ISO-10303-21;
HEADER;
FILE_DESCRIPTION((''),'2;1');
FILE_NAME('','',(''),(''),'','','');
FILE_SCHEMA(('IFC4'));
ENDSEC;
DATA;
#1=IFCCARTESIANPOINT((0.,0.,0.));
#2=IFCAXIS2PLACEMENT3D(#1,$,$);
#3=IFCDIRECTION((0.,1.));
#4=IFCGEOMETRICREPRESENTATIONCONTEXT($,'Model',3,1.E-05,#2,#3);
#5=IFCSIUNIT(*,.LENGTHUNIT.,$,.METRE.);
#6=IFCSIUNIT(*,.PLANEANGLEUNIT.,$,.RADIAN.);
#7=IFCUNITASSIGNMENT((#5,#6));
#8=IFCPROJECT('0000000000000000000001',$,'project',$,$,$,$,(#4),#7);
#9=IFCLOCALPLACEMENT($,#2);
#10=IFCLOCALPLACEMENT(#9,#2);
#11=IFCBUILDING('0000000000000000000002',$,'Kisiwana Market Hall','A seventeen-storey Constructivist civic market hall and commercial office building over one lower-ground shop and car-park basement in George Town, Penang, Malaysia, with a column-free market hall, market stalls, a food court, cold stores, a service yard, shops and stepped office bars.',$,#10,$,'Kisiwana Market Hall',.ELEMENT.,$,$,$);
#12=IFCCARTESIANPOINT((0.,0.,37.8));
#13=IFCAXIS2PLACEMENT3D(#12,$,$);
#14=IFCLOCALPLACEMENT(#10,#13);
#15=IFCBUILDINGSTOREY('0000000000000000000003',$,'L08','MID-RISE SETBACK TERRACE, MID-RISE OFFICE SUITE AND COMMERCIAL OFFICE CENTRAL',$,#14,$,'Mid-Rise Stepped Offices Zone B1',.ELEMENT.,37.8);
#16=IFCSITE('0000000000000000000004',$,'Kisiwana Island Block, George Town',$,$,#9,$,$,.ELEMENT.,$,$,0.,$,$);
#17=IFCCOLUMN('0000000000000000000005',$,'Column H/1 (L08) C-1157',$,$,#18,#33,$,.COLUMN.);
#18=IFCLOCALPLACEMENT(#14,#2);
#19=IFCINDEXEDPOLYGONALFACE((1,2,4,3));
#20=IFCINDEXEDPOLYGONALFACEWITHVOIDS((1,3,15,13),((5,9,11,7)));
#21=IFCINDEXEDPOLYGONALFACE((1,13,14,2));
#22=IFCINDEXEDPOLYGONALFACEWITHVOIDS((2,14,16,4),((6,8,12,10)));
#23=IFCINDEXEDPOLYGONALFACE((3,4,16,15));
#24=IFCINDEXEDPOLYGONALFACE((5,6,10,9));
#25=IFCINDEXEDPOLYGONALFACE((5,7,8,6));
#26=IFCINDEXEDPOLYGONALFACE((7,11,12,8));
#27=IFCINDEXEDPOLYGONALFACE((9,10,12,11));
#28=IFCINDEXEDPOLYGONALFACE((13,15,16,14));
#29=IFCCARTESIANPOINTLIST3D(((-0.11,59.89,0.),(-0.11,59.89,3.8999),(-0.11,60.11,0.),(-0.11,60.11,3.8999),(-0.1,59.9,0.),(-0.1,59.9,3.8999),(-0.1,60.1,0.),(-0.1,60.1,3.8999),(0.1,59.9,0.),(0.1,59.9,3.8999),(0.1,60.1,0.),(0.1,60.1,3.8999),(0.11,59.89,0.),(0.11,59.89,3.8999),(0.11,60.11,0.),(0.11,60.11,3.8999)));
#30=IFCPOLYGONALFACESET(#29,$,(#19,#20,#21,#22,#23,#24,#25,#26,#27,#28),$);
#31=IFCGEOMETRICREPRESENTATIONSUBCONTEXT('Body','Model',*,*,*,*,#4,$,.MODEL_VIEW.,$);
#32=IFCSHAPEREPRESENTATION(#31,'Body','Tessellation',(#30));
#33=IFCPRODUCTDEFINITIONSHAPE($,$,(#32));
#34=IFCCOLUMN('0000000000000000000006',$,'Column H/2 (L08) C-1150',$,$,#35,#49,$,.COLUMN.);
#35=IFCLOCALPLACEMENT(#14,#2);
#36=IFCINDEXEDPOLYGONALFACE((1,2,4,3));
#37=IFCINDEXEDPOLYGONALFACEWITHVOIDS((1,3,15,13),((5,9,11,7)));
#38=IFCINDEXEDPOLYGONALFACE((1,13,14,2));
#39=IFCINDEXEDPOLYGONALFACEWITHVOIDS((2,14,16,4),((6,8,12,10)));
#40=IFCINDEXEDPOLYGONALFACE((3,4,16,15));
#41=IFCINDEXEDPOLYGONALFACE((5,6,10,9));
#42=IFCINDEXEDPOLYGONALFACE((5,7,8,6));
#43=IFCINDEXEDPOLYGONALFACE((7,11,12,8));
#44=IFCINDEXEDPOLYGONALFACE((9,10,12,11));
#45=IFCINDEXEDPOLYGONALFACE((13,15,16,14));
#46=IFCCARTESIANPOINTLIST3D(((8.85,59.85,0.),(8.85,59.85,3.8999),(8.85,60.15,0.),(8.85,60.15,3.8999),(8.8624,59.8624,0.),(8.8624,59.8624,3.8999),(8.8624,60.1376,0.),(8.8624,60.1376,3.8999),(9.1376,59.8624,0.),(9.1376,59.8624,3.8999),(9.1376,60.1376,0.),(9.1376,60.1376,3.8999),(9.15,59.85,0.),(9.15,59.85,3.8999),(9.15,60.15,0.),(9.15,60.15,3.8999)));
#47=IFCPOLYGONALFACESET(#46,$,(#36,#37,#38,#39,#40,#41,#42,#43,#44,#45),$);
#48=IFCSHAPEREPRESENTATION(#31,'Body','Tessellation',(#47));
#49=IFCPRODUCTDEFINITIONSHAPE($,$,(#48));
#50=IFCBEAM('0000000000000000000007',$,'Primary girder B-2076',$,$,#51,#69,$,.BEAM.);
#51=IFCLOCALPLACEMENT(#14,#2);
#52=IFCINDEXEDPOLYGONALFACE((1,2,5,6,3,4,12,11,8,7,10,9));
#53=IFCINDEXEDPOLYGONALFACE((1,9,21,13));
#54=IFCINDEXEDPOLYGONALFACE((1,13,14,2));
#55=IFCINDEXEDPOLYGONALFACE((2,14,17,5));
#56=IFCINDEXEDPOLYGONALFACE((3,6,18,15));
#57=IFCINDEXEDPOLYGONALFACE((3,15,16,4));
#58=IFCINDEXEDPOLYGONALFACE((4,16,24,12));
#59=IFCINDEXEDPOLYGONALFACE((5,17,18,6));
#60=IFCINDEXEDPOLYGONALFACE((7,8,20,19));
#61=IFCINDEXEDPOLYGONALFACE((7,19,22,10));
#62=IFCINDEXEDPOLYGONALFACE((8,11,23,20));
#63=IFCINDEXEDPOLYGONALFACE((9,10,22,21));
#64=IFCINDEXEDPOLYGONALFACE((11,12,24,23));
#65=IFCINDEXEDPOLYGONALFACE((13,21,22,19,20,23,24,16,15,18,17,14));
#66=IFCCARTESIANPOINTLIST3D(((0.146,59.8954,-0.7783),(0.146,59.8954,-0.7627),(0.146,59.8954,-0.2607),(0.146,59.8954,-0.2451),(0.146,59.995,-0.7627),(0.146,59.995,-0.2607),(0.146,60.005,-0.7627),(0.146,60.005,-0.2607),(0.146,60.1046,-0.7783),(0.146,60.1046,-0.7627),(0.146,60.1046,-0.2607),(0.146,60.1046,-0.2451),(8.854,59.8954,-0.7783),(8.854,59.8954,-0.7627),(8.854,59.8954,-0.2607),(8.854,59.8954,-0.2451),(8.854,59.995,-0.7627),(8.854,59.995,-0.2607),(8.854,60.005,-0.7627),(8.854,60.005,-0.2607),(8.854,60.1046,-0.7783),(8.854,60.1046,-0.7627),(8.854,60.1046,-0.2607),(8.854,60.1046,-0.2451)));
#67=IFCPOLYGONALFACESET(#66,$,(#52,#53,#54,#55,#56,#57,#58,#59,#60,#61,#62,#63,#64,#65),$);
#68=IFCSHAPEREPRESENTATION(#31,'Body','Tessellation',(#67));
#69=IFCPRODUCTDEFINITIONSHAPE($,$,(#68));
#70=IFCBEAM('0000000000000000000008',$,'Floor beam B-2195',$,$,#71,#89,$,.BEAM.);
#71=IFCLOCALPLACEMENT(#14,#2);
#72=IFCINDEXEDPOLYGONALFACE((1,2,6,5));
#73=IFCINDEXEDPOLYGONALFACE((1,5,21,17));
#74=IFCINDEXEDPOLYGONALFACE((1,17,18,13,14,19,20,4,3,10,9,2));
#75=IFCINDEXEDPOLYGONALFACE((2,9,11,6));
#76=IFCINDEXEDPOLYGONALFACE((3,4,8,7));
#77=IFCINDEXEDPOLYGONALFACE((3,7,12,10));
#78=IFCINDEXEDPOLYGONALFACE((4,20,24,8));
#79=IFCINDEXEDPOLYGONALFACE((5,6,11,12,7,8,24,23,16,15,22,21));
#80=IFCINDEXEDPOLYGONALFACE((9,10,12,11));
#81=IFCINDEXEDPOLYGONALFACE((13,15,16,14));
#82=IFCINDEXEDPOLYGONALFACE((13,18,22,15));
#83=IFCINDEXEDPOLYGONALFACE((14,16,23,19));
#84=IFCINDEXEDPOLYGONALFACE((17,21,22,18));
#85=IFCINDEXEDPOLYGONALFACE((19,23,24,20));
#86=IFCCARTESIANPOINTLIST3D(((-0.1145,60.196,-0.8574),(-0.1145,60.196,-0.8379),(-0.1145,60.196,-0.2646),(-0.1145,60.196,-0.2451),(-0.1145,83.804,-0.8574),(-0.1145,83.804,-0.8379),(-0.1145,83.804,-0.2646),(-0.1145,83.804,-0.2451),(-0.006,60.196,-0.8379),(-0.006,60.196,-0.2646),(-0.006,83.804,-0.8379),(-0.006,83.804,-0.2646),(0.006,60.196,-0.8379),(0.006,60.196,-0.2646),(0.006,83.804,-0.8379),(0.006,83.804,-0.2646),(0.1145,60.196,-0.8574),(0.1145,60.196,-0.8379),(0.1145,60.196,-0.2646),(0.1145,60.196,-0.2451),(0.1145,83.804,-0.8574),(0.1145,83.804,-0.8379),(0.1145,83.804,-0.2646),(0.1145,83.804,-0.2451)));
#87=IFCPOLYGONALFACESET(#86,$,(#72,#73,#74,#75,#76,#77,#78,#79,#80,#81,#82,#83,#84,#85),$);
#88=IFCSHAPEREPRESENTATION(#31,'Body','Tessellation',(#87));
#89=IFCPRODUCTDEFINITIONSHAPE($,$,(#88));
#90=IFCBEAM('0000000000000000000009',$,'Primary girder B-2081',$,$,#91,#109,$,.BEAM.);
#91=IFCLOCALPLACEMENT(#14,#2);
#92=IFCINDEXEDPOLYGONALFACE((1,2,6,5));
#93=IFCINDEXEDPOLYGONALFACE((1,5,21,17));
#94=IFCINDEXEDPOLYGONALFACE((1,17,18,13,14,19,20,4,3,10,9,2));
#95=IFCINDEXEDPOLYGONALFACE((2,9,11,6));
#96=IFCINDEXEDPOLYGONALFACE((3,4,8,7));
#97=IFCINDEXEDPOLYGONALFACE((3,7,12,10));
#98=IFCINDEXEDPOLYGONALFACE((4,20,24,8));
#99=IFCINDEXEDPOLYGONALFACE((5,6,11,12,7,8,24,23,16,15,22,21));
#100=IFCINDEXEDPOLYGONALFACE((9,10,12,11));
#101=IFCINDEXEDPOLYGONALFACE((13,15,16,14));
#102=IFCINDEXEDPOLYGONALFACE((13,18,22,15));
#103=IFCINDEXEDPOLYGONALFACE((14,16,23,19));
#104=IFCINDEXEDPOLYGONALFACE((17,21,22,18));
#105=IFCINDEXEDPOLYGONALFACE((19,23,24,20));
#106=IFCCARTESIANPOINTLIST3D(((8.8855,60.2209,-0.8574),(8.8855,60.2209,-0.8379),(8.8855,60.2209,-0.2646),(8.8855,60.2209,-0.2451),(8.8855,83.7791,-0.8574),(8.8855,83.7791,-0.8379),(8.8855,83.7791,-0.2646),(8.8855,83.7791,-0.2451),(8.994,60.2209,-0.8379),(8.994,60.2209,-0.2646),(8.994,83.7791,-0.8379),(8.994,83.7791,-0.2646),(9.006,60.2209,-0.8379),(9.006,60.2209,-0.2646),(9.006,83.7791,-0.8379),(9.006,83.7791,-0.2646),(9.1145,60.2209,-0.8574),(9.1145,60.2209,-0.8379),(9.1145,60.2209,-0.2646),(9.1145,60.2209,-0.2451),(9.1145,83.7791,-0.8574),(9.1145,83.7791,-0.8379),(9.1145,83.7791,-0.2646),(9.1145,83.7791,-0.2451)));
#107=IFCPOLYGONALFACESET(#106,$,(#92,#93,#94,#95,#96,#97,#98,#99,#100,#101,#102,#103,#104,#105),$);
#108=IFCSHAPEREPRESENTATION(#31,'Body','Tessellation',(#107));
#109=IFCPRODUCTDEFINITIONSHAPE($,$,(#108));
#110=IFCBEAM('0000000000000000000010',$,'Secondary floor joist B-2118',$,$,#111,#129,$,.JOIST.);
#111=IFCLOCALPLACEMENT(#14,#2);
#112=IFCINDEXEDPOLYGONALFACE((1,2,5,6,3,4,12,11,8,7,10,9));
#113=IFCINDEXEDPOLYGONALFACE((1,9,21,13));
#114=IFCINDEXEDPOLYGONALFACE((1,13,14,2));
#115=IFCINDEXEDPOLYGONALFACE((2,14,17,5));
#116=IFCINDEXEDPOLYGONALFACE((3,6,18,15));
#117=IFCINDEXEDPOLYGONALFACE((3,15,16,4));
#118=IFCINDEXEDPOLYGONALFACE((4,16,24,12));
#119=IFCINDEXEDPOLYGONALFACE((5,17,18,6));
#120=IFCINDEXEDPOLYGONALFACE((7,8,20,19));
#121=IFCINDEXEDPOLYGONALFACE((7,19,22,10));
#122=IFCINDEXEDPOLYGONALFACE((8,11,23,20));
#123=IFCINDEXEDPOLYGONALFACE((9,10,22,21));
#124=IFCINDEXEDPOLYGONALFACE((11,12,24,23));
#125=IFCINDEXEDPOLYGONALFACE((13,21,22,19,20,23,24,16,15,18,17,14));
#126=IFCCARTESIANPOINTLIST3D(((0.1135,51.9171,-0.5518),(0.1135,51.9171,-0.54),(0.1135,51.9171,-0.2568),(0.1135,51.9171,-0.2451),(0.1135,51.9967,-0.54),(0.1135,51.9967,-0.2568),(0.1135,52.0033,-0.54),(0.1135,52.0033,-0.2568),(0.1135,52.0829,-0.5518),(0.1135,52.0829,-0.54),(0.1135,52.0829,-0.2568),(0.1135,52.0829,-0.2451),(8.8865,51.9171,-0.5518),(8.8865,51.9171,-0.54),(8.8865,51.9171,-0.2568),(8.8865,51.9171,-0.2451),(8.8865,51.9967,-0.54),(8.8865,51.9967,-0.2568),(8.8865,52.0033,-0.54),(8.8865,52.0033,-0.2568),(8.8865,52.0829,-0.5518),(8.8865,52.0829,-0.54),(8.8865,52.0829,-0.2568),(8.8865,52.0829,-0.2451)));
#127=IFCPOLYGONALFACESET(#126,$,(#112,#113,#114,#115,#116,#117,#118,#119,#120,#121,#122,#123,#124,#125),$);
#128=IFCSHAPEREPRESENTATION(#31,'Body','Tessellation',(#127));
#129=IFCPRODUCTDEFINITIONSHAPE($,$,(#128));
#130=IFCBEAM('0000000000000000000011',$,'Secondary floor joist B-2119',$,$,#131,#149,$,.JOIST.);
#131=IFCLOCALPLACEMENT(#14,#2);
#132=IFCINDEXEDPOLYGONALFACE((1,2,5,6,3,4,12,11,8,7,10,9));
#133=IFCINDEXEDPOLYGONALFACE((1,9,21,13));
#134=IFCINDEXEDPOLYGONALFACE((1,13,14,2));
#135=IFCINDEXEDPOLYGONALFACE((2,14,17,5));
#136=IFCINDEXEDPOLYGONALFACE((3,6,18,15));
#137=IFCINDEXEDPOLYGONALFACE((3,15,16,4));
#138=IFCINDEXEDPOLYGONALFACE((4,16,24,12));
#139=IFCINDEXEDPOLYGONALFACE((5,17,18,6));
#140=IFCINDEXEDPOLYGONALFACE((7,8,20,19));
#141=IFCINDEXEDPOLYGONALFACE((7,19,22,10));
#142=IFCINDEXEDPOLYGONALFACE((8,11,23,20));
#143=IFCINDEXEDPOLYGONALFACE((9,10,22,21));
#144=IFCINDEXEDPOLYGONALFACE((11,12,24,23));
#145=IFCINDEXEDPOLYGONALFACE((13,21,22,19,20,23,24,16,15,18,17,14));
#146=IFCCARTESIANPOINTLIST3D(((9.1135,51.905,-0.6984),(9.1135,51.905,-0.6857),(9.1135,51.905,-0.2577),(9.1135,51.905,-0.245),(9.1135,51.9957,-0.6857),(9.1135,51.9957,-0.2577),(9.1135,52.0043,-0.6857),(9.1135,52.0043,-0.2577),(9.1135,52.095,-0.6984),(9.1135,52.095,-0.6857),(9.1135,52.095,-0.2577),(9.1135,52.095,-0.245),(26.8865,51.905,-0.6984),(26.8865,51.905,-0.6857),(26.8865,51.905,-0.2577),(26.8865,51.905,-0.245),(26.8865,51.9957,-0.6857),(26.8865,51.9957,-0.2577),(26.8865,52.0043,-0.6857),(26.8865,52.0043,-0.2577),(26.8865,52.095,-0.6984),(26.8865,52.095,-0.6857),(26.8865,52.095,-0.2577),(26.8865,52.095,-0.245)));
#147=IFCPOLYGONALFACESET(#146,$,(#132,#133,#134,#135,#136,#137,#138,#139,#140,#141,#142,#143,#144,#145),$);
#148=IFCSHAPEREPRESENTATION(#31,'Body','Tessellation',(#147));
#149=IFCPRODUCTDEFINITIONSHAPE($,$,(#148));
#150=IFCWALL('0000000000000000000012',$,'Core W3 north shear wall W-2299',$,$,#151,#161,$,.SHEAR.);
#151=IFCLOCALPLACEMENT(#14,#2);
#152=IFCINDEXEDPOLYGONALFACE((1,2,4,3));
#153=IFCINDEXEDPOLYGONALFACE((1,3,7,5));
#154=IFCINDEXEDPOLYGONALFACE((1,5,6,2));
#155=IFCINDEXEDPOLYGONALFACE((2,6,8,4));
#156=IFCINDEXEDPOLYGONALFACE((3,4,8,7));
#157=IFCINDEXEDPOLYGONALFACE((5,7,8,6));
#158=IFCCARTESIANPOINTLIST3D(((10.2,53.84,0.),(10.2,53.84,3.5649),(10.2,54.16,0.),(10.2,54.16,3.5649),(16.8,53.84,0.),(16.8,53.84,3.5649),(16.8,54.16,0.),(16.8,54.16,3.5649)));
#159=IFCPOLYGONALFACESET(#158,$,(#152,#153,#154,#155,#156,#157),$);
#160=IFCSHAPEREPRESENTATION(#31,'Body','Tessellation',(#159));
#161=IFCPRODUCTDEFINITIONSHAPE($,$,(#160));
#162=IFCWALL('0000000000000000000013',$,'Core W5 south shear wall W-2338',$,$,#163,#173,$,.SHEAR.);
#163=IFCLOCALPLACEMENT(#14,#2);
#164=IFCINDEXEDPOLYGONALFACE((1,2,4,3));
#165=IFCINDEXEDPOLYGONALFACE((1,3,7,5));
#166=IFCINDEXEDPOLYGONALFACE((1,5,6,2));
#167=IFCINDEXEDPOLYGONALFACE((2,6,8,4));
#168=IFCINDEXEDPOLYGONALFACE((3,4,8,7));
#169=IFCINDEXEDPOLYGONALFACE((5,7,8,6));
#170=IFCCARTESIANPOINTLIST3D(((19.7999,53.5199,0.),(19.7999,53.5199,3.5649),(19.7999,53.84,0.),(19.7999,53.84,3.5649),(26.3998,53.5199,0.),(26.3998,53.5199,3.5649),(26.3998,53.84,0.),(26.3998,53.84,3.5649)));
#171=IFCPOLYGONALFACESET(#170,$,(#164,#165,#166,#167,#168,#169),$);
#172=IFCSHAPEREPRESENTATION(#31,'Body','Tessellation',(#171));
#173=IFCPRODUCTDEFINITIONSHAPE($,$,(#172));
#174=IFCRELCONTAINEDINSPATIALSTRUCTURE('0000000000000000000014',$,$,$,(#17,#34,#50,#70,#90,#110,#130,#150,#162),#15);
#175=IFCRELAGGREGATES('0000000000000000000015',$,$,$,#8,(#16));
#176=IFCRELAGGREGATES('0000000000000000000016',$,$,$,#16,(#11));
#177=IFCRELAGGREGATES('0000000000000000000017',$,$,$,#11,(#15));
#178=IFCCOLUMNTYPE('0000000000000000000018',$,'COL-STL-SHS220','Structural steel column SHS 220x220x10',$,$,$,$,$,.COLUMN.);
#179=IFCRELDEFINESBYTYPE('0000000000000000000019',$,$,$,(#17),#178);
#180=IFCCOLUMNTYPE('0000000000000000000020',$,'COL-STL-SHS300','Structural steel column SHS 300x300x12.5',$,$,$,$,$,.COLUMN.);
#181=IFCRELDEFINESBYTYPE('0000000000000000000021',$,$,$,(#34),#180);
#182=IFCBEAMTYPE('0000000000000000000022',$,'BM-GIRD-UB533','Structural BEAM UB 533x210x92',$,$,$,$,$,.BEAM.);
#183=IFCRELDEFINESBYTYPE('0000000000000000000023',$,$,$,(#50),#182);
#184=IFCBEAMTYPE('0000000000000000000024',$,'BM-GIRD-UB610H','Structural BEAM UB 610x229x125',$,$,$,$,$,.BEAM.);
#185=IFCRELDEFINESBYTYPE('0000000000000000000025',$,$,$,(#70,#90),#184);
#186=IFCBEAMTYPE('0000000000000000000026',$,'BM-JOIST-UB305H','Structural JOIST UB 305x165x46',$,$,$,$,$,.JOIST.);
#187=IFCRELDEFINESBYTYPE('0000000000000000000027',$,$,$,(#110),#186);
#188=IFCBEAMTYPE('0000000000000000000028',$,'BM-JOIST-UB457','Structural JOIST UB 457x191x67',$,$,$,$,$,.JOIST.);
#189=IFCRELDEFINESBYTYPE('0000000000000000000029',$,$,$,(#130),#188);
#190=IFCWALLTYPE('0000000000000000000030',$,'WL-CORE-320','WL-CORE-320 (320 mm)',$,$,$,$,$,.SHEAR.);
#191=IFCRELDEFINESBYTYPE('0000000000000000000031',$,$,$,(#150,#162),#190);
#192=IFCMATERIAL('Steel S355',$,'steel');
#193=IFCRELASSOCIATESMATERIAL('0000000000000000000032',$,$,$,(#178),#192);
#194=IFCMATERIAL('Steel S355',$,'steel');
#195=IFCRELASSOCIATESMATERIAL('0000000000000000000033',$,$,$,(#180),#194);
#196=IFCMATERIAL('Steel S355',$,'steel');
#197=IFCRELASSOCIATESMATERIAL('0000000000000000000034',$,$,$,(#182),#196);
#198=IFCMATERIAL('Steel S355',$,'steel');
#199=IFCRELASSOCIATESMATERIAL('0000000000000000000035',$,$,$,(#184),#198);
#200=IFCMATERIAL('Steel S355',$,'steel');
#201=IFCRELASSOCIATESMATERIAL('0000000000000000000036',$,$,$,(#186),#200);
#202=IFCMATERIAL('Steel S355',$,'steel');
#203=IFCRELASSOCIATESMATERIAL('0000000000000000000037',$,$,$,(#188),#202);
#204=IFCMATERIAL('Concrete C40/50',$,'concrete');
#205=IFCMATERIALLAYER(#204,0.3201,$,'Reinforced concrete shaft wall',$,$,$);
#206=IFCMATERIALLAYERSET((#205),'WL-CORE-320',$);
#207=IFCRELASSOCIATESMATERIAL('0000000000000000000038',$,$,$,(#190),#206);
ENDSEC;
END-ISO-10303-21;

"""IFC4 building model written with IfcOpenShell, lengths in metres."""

from ifc_helpers import new_model, si_unit, direction, frame, frame_2d, origin, origin_2d, place, context, subcontext, project, spatial, rectangle, hollow_rectangle, i_section, extrude, material, layer, layer_set, material_profile, profile_set, type_object, element, save


model = new_model("IFC4")

# Units and contexts
model_context = context("Model", 3, precision=1e-05, world=origin(), true_north=direction((0.0, 1.0)))
body_context = subcontext(model_context, "Body", "Model", "MODEL_VIEW")
ifc_project = project(units=[si_unit("LENGTHUNIT", "METRE"), si_unit("PLANEANGLEUNIT", "RADIAN")], contexts=[model_context])

# Site, building, storey
site_placement = place(None, origin())
site = spatial("IfcSite", under=ifc_project, at=site_placement, Name="Kisiwana Island Block, George Town", CompositionType="ELEMENT", RefElevation=0.0)
building_placement = place(site_placement, origin())
building = spatial("IfcBuilding", under=site, at=building_placement, Name="Kisiwana Market Hall", Description="A seventeen-storey Constructivist civic market hall and commercial office building over one lower-ground shop and car-park basement in George Town, Penang, Malaysia, with a column-free market hall, market stalls, a food court, cold stores, a service yard, shops and stepped office bars.", LongName="Kisiwana Market Hall", CompositionType="ELEMENT")
storey_placement = place(building_placement, frame((0.0, 0.0, 37.8)))
storey = spatial("IfcBuildingStorey", under=building, at=storey_placement, Name="L08", Description="MID-RISE SETBACK TERRACE, MID-RISE OFFICE SUITE AND COMMERCIAL OFFICE CENTRAL", LongName="Mid-Rise Stepped Offices Zone B1", CompositionType="ELEMENT", Elevation=37.8)

# Columns
ifc_material_1 = material(Name="Steel S355", Category="steel")
ifc_material_profile_1 = material_profile(ifc_material_1, hollow_rectangle(XDim=0.22, YDim=0.22, WallThickness=0.01, at=origin_2d()), Name="SHS 220x220x10")
ifc_profile_set_1 = profile_set([ifc_material_profile_1], Name="Steel S355")
column_type_1 = type_object("IfcColumnType", Name="COL-STL-SHS220", Description="Structural steel column SHS 220x220x10", PredefinedType="COLUMN", material=ifc_profile_set_1)
column_1_placement = place(storey_placement, frame((0.0, 60.0, 0.0), z_axis=(0.0, 0.0, 1.0), x_axis=(1.0, 0.0, 0.0)))
element("IfcColumn", 1, at=column_1_placement, inside=storey, type_object=column_type_1, Name="Column H/1 (L08) C-1157", PredefinedType="COLUMN", context=body_context, shape_type="SweptSolid", body=[
    extrude(hollow_rectangle(XDim=0.22, YDim=0.22, WallThickness=0.01, at=origin_2d()), origin(), (0.0, 0.0, 1.0), 3.8999),
])
ifc_material_2 = material(Name="Steel S355", Category="steel")
ifc_material_profile_2 = material_profile(ifc_material_2, hollow_rectangle(XDim=0.3, YDim=0.3, WallThickness=0.0125, at=origin_2d()), Name="SHS 300x300x12.5")
ifc_profile_set_2 = profile_set([ifc_material_profile_2], Name="Steel S355")
column_type_2 = type_object("IfcColumnType", Name="COL-STL-SHS300", Description="Structural steel column SHS 300x300x12.5", PredefinedType="COLUMN", material=ifc_profile_set_2)
column_2_placement = place(storey_placement, frame((9.0, 60.0, 0.0), z_axis=(0.0, 0.0, 1.0), x_axis=(1.0, 0.0, 0.0)))
element("IfcColumn", 2, at=column_2_placement, inside=storey, type_object=column_type_2, Name="Column H/2 (L08) C-1150", PredefinedType="COLUMN", context=body_context, shape_type="SweptSolid", body=[
    extrude(hollow_rectangle(XDim=0.3, YDim=0.3, WallThickness=0.0125, at=origin_2d()), origin(), (0.0, 0.0, 1.0), 3.8999),
])

# Beams
ifc_material_3 = material(Name="Steel S355", Category="steel")
ifc_material_profile_3 = material_profile(ifc_material_3, i_section(OverallWidth=0.2092, OverallDepth=0.5332, WebThickness=0.01, FlangeThickness=0.0156, at=origin_2d()), Name="UB 533x210x92")
ifc_profile_set_3 = profile_set([ifc_material_profile_3], Name="Steel S355")
beam_type_1 = type_object("IfcBeamType", Name="BM-GIRD-UB533", Description="Structural BEAM UB 533x210x92", PredefinedType="BEAM", material=ifc_profile_set_3)
beam_1_placement = place(storey_placement, frame((0.146, 60.0, -0.5117), z_axis=(1.0, 0.0, 0.0), x_axis=(0.0, 1.0, 0.0)))
element("IfcBeam", 3, at=beam_1_placement, inside=storey, type_object=beam_type_1, Name="Primary girder B-2076", PredefinedType="BEAM", context=body_context, shape_type="SweptSolid", body=[
    extrude(i_section(OverallWidth=0.2092, OverallDepth=0.5332, WebThickness=0.01, FlangeThickness=0.0156, at=origin_2d()), origin(), (0.0, 0.0, 1.0), 8.708),
])
ifc_material_4 = material(Name="Steel S355", Category="steel")
ifc_material_profile_4 = material_profile(ifc_material_4, i_section(OverallWidth=0.229, OverallDepth=0.6123, WebThickness=0.012, FlangeThickness=0.0195, at=origin_2d()), Name="UB 610x229x125")
ifc_profile_set_4 = profile_set([ifc_material_profile_4], Name="Steel S355")
beam_type_2 = type_object("IfcBeamType", Name="BM-GIRD-UB610H", Description="Structural BEAM UB 610x229x125", PredefinedType="BEAM", material=ifc_profile_set_4)
beam_2_placement = place(storey_placement, frame((0.0, 60.196, -0.5513), z_axis=(0.0, 1.0, 0.0), x_axis=(-1.0, 0.0, 0.0)))
element("IfcBeam", 4, at=beam_2_placement, inside=storey, type_object=beam_type_2, Name="Floor beam B-2195", PredefinedType="BEAM", context=body_context, shape_type="SweptSolid", body=[
    extrude(i_section(OverallWidth=0.229, OverallDepth=0.6123, WebThickness=0.012, FlangeThickness=0.0195, at=origin_2d()), origin(), (0.0, 0.0, 1.0), 23.6079),
])
beam_3_placement = place(storey_placement, frame((9.0, 60.2209, -0.5513), z_axis=(0.0, 1.0, 0.0), x_axis=(-1.0, 0.0, 0.0)))
element("IfcBeam", 5, at=beam_3_placement, inside=storey, type_object=beam_type_2, Name="Primary girder B-2081", PredefinedType="BEAM", context=body_context, shape_type="SweptSolid", body=[
    extrude(i_section(OverallWidth=0.229, OverallDepth=0.6123, WebThickness=0.012, FlangeThickness=0.0195, at=origin_2d()), origin(), (0.0, 0.0, 1.0), 23.5581),
])
ifc_material_5 = material(Name="Steel S355", Category="steel")
ifc_material_profile_5 = material_profile(ifc_material_5, i_section(OverallWidth=0.1658, OverallDepth=0.3066, WebThickness=0.0066, FlangeThickness=0.0117, at=origin_2d()), Name="UB 305x165x46")
ifc_profile_set_5 = profile_set([ifc_material_profile_5], Name="Steel S355")
beam_type_3 = type_object("IfcBeamType", Name="BM-JOIST-UB305H", Description="Structural JOIST UB 305x165x46", PredefinedType="JOIST", material=ifc_profile_set_5)
beam_4_placement = place(storey_placement, frame((0.1135, 52.0, -0.3984), z_axis=(1.0, 0.0, 0.0), x_axis=(0.0, 1.0, 0.0)))
element("IfcBeam", 6, at=beam_4_placement, inside=storey, type_object=beam_type_3, Name="Secondary floor joist B-2118", PredefinedType="JOIST", context=body_context, shape_type="SweptSolid", body=[
    extrude(i_section(OverallWidth=0.1658, OverallDepth=0.3066, WebThickness=0.0066, FlangeThickness=0.0117, at=origin_2d()), origin(), (0.0, 0.0, 1.0), 8.7729),
])
ifc_material_6 = material(Name="Steel S355", Category="steel")
ifc_material_profile_6 = material_profile(ifc_material_6, i_section(OverallWidth=0.1899, OverallDepth=0.4534, WebThickness=0.0085, FlangeThickness=0.0127, at=origin_2d()), Name="UB 457x191x67")
ifc_profile_set_6 = profile_set([ifc_material_profile_6], Name="Steel S355")
beam_type_4 = type_object("IfcBeamType", Name="BM-JOIST-UB457", Description="Structural JOIST UB 457x191x67", PredefinedType="JOIST", material=ifc_profile_set_6)
beam_5_placement = place(storey_placement, frame((9.1135, 52.0, -0.4717), z_axis=(1.0, 0.0, 0.0), x_axis=(0.0, 1.0, 0.0)))
element("IfcBeam", 7, at=beam_5_placement, inside=storey, type_object=beam_type_4, Name="Secondary floor joist B-2119", PredefinedType="JOIST", context=body_context, shape_type="SweptSolid", body=[
    extrude(i_section(OverallWidth=0.1899, OverallDepth=0.4534, WebThickness=0.0085, FlangeThickness=0.0127, at=origin_2d()), origin(), (0.0, 0.0, 1.0), 17.7729),
])

# Walls
ifc_material_7 = material(Name="Concrete C40/50", Category="concrete")
ifc_layer_1 = layer(ifc_material_7, 0.3201, Name="Reinforced concrete shaft wall")
ifc_layer_set_1 = layer_set([ifc_layer_1], Name="WL-CORE-320")
wall_type_1 = type_object("IfcWallType", Name="WL-CORE-320", Description="WL-CORE-320 (320 mm)", PredefinedType="SHEAR", material=ifc_layer_set_1)
wall_1_placement = place(storey_placement, frame((10.2, 54.0, 0.0), z_axis=(0.0, 0.0, 1.0), x_axis=(1.0, 0.0, 0.0)))
element("IfcWall", 8, at=wall_1_placement, inside=storey, type_object=wall_type_1, Name="Core W3 north shear wall W-2299", PredefinedType="SHEAR", context=body_context, shape_type="SweptSolid", body=[
    extrude(rectangle(XDim=6.6001, YDim=0.3201, at=frame_2d((3.3, 0.0))), origin(), (0.0, 0.0, 1.0), 3.5649),
])
wall_2_placement = place(storey_placement, frame((19.8, 53.6799, 0.0), z_axis=(0.0, 0.0, 1.0), x_axis=(1.0, 0.0, 0.0)))
element("IfcWall", 9, at=wall_2_placement, inside=storey, type_object=wall_type_1, Name="Core W5 south shear wall W-2338", PredefinedType="SHEAR", context=body_context, shape_type="SweptSolid", body=[
    extrude(rectangle(XDim=6.5999, YDim=0.3201, at=frame_2d((3.2998, 0.0))), origin(), (0.0, 0.0, 1.0), 3.5649),
])

save(model, "model.ifc")
